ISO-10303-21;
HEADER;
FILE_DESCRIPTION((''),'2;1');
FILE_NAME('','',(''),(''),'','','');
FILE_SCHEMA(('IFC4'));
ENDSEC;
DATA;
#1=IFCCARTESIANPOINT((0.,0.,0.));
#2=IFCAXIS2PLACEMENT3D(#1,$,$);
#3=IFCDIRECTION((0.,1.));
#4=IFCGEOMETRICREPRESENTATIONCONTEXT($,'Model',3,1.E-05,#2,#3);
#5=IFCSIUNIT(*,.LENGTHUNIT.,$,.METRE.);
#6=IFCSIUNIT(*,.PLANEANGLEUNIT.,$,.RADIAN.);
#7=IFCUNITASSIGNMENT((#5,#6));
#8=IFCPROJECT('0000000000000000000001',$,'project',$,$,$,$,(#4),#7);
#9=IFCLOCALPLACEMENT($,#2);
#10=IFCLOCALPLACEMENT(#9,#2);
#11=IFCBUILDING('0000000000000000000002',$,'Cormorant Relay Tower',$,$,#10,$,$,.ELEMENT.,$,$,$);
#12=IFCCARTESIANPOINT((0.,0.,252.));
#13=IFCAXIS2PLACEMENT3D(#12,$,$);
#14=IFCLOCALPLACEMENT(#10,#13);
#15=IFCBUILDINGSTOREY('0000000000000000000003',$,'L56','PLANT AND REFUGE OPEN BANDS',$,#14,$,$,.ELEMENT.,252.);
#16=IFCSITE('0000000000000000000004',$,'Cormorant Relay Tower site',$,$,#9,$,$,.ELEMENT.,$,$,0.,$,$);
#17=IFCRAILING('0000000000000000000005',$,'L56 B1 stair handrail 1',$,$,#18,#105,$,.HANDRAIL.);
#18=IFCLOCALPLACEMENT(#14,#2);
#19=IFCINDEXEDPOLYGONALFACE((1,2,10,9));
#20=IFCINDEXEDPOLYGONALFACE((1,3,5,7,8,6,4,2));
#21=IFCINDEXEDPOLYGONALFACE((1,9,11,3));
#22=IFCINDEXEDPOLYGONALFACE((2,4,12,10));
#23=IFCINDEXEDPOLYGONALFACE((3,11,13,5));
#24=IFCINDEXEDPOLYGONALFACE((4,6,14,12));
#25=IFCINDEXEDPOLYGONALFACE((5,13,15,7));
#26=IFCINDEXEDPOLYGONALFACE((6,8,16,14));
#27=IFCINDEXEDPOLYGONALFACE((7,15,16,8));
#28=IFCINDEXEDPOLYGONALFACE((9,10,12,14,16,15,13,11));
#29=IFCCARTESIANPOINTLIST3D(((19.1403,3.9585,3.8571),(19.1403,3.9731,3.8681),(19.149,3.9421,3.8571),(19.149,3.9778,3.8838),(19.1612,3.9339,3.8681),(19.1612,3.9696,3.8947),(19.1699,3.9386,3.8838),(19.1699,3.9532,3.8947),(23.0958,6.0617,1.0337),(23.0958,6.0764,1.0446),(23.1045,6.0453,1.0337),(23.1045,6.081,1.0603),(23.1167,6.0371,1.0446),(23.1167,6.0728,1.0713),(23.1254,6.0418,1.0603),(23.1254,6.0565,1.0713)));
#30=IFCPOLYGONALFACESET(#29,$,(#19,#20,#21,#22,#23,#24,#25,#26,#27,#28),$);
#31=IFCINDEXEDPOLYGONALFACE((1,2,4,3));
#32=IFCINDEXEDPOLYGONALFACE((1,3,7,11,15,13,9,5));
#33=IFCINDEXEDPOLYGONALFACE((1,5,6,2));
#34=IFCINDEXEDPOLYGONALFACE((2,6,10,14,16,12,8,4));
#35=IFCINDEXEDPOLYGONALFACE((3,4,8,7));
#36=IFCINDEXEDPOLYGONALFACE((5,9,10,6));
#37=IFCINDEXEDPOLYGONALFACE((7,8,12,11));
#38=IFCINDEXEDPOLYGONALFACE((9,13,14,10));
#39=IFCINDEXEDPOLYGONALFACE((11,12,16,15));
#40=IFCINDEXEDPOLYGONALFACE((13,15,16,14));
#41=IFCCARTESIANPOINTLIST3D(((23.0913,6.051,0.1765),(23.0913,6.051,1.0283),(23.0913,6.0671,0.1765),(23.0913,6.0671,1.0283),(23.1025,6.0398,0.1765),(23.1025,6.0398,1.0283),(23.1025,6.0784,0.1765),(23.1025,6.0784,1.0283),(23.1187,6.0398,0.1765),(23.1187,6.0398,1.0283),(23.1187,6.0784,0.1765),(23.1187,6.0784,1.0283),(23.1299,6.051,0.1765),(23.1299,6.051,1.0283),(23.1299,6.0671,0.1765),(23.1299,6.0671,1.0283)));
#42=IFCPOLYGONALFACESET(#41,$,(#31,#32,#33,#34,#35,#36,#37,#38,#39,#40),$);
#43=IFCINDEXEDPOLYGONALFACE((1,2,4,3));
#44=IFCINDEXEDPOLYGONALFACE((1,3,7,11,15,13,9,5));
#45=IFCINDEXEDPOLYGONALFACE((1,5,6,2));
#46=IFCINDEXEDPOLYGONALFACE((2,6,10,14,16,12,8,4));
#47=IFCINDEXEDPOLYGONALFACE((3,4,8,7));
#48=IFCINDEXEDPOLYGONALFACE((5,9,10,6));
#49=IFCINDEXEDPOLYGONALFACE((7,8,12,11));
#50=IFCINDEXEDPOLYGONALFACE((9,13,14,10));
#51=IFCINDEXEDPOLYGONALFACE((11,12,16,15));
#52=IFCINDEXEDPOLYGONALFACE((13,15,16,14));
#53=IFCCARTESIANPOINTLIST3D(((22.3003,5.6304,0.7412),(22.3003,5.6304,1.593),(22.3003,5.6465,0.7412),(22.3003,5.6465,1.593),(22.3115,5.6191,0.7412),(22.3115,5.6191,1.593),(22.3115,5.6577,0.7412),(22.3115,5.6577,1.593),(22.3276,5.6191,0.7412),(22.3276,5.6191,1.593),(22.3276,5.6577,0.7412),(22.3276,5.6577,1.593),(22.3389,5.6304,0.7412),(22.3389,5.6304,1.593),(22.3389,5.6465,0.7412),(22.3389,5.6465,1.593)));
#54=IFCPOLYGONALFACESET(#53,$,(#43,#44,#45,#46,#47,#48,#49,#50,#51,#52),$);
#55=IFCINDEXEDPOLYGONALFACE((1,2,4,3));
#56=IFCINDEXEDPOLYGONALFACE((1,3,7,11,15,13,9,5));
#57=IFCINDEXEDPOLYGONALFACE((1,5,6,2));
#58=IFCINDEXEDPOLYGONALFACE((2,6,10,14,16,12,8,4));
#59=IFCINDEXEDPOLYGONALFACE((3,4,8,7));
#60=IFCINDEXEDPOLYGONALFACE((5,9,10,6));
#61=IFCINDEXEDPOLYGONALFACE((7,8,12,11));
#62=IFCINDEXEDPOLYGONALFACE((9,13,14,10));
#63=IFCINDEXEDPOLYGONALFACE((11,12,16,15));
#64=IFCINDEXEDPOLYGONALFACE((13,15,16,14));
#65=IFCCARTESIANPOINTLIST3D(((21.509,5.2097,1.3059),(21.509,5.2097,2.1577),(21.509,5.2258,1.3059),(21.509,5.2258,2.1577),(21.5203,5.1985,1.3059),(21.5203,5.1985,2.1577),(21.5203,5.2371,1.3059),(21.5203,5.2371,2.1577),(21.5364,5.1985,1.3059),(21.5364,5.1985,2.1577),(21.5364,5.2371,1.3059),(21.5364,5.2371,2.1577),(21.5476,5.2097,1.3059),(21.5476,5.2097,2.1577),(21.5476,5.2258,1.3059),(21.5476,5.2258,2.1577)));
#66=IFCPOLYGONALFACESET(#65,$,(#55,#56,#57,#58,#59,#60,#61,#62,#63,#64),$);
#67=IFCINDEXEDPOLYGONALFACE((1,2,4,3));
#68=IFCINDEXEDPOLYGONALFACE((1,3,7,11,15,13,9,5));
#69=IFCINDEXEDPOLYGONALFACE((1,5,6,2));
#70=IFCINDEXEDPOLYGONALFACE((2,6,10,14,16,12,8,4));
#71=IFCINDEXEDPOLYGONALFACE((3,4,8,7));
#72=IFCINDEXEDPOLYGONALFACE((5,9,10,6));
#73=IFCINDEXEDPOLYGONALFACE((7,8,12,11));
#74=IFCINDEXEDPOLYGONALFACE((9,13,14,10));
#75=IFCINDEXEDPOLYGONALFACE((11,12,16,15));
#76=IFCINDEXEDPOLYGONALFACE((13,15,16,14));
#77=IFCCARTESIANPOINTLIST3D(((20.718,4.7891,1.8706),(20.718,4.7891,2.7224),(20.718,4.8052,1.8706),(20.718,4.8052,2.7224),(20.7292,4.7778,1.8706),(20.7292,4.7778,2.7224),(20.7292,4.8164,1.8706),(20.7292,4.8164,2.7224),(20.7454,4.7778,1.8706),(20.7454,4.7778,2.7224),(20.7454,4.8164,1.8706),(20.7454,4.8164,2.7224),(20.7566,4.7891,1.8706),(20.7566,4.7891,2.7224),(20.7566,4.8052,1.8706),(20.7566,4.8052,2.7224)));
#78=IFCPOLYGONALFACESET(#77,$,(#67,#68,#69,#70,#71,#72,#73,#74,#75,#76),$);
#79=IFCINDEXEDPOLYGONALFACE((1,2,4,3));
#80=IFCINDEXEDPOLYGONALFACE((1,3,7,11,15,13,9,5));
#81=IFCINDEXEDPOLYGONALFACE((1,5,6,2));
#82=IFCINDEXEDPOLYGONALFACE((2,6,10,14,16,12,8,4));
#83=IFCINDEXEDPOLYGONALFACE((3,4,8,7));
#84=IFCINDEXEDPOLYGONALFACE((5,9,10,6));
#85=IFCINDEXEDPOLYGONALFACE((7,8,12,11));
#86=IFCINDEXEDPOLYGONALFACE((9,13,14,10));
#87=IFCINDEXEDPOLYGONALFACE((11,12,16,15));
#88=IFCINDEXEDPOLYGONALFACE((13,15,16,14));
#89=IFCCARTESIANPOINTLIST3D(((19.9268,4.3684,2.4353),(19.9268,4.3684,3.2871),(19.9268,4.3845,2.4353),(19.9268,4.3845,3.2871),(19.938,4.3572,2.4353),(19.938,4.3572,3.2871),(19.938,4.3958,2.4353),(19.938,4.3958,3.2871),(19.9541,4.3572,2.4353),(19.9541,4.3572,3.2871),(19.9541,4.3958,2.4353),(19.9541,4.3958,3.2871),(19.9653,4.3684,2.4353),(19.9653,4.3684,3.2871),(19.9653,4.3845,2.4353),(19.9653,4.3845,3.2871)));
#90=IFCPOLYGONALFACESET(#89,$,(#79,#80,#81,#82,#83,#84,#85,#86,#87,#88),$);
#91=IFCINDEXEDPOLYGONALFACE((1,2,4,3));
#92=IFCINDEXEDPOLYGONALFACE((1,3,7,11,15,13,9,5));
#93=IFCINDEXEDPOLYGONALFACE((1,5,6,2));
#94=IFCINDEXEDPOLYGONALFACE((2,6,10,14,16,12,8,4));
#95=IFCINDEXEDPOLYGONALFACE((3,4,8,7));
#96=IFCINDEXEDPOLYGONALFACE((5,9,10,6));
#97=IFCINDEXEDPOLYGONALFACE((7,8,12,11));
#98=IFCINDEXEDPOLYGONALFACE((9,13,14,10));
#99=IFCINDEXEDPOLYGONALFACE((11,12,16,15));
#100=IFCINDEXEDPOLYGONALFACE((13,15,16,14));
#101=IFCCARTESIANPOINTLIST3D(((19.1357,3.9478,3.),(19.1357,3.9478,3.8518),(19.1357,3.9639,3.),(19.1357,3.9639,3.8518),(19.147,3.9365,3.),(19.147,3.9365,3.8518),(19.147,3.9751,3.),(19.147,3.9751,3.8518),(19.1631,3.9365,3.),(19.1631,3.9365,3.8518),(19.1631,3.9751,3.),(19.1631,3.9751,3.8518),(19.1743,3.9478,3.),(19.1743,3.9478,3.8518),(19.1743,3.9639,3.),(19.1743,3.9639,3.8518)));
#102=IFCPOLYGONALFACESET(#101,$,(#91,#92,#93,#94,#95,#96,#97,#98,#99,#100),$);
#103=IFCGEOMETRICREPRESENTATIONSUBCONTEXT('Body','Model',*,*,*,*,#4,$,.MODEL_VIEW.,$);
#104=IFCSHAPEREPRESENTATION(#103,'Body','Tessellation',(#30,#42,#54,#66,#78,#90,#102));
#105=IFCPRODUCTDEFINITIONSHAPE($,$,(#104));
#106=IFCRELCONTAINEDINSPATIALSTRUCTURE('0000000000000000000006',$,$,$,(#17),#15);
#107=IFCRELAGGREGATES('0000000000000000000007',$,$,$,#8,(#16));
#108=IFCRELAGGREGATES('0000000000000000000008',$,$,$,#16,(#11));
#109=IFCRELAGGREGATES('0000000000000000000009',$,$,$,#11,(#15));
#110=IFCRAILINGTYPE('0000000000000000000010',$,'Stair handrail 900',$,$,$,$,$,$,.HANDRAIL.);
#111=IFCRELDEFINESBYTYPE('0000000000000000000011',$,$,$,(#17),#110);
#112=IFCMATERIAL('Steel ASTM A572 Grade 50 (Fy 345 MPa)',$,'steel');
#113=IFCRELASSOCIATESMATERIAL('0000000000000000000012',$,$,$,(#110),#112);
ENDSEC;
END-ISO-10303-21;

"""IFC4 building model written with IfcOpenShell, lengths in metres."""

from ifc_helpers import new_model, si_unit, direction, frame, origin, place, context, subcontext, project, spatial, polyline, outline, extrude, material, type_object, element, save


model = new_model("IFC4")

# Units and contexts
model_context = context("Model", 3, precision=1e-05, world=origin(), true_north=direction((0.0, 1.0)))
body_context = subcontext(model_context, "Body", "Model", "MODEL_VIEW")
ifc_project = project(units=[si_unit("LENGTHUNIT", "METRE"), si_unit("PLANEANGLEUNIT", "RADIAN")], contexts=[model_context])

# Site, building, storey
site_placement = place(None, origin())
site = spatial("IfcSite", under=ifc_project, at=site_placement, Name="Cormorant Relay Tower site", CompositionType="ELEMENT", RefElevation=0.0)
building_placement = place(site_placement, origin())
building = spatial("IfcBuilding", under=site, at=building_placement, Name="Cormorant Relay Tower", CompositionType="ELEMENT")
storey_placement = place(building_placement, frame((0.0, 0.0, 252.0)))
storey = spatial("IfcBuildingStorey", under=building, at=storey_placement, Name="L56", Description="PLANT AND REFUGE OPEN BANDS", CompositionType="ELEMENT", Elevation=252.0)

# Railing
ifc_material_1 = material(Name="Steel ASTM A572 Grade 50 (Fy 345 MPa)", Category="steel")
railing_type_1 = type_object("IfcRailingType", Name="Stair handrail 900", PredefinedType="HANDRAIL", material=ifc_material_1)
railing_1_placement = place(storey_placement, frame((23.1106, 6.0591, 0.1765)))
element("IfcRailing", 1, at=railing_1_placement, inside=storey, type_object=railing_type_1, Name="L56 B1 stair handrail 1", PredefinedType="HANDRAIL", context=body_context, shape_type="SweptSolid", body=[
    extrude(outline(polyline([(0.0222, 0.0093), (0.0093, 0.0222), (-0.0093, 0.0222), (-0.0222, 0.0093), (-0.0222, -0.0093), (-0.0093, -0.0222), (0.0093, -0.0222), (0.0222, -0.0093), (0.0222, 0.0093)])), frame((0.0, 0.0, 0.876), z_axis=(-0.746967, -0.397181, 0.533186), x_axis=(0.469482, -0.882942, 0.0)), (0.0, 0.0, 1.0), 5.2954),
    extrude(outline(polyline([(0.0193, 0.0081), (0.0081, 0.0193), (-0.0081, 0.0193), (-0.0193, 0.0081), (-0.0193, -0.0081), (-0.0081, -0.0193), (0.0081, -0.0193), (0.0193, -0.0081), (0.0193, 0.0081)])), origin(), (0.0, 0.0, 1.0), 0.8518),
    extrude(outline(polyline([(0.0193, 0.0081), (0.0081, 0.0193), (-0.0081, 0.0193), (-0.0193, 0.0081), (-0.0193, -0.0081), (-0.0081, -0.0193), (0.0081, -0.0193), (0.0193, -0.0081), (0.0193, 0.0081)])), frame((-0.791, -0.4207, 0.5647)), (0.0, 0.0, 1.0), 0.8518),
    extrude(outline(polyline([(0.0193, 0.0081), (0.0081, 0.0193), (-0.0081, 0.0193), (-0.0193, 0.0081), (-0.0193, -0.0081), (-0.0081, -0.0193), (0.0081, -0.0193), (0.0193, -0.0081), (0.0193, 0.0081)])), frame((-1.5823, -0.8413, 1.1294)), (0.0, 0.0, 1.0), 0.8518),
    extrude(outline(polyline([(0.0193, 0.0081), (0.0081, 0.0193), (-0.0081, 0.0193), (-0.0193, 0.0081), (-0.0193, -0.0081), (-0.0081, -0.0193), (0.0081, -0.0193), (0.0193, -0.0081), (0.0193, 0.0081)])), frame((-2.3733, -1.262, 1.6941)), (0.0, 0.0, 1.0), 0.8518),
    extrude(outline(polyline([(0.0193, 0.0081), (0.0081, 0.0193), (-0.0081, 0.0193), (-0.0193, 0.0081), (-0.0193, -0.0081), (-0.0081, -0.0193), (0.0081, -0.0193), (0.0193, -0.0081), (0.0193, 0.0081)])), frame((-3.1646, -1.6826, 2.2588)), (0.0, 0.0, 1.0), 0.8518),
    extrude(outline(polyline([(0.0193, 0.0081), (0.0081, 0.0193), (-0.0081, 0.0193), (-0.0193, 0.0081), (-0.0193, -0.0081), (-0.0081, -0.0193), (0.0081, -0.0193), (0.0193, -0.0081), (0.0193, 0.0081)])), frame((-3.9556, -2.1033, 2.8235)), (0.0, 0.0, 1.0), 0.8518),
])

save(model, "model.ifc")
